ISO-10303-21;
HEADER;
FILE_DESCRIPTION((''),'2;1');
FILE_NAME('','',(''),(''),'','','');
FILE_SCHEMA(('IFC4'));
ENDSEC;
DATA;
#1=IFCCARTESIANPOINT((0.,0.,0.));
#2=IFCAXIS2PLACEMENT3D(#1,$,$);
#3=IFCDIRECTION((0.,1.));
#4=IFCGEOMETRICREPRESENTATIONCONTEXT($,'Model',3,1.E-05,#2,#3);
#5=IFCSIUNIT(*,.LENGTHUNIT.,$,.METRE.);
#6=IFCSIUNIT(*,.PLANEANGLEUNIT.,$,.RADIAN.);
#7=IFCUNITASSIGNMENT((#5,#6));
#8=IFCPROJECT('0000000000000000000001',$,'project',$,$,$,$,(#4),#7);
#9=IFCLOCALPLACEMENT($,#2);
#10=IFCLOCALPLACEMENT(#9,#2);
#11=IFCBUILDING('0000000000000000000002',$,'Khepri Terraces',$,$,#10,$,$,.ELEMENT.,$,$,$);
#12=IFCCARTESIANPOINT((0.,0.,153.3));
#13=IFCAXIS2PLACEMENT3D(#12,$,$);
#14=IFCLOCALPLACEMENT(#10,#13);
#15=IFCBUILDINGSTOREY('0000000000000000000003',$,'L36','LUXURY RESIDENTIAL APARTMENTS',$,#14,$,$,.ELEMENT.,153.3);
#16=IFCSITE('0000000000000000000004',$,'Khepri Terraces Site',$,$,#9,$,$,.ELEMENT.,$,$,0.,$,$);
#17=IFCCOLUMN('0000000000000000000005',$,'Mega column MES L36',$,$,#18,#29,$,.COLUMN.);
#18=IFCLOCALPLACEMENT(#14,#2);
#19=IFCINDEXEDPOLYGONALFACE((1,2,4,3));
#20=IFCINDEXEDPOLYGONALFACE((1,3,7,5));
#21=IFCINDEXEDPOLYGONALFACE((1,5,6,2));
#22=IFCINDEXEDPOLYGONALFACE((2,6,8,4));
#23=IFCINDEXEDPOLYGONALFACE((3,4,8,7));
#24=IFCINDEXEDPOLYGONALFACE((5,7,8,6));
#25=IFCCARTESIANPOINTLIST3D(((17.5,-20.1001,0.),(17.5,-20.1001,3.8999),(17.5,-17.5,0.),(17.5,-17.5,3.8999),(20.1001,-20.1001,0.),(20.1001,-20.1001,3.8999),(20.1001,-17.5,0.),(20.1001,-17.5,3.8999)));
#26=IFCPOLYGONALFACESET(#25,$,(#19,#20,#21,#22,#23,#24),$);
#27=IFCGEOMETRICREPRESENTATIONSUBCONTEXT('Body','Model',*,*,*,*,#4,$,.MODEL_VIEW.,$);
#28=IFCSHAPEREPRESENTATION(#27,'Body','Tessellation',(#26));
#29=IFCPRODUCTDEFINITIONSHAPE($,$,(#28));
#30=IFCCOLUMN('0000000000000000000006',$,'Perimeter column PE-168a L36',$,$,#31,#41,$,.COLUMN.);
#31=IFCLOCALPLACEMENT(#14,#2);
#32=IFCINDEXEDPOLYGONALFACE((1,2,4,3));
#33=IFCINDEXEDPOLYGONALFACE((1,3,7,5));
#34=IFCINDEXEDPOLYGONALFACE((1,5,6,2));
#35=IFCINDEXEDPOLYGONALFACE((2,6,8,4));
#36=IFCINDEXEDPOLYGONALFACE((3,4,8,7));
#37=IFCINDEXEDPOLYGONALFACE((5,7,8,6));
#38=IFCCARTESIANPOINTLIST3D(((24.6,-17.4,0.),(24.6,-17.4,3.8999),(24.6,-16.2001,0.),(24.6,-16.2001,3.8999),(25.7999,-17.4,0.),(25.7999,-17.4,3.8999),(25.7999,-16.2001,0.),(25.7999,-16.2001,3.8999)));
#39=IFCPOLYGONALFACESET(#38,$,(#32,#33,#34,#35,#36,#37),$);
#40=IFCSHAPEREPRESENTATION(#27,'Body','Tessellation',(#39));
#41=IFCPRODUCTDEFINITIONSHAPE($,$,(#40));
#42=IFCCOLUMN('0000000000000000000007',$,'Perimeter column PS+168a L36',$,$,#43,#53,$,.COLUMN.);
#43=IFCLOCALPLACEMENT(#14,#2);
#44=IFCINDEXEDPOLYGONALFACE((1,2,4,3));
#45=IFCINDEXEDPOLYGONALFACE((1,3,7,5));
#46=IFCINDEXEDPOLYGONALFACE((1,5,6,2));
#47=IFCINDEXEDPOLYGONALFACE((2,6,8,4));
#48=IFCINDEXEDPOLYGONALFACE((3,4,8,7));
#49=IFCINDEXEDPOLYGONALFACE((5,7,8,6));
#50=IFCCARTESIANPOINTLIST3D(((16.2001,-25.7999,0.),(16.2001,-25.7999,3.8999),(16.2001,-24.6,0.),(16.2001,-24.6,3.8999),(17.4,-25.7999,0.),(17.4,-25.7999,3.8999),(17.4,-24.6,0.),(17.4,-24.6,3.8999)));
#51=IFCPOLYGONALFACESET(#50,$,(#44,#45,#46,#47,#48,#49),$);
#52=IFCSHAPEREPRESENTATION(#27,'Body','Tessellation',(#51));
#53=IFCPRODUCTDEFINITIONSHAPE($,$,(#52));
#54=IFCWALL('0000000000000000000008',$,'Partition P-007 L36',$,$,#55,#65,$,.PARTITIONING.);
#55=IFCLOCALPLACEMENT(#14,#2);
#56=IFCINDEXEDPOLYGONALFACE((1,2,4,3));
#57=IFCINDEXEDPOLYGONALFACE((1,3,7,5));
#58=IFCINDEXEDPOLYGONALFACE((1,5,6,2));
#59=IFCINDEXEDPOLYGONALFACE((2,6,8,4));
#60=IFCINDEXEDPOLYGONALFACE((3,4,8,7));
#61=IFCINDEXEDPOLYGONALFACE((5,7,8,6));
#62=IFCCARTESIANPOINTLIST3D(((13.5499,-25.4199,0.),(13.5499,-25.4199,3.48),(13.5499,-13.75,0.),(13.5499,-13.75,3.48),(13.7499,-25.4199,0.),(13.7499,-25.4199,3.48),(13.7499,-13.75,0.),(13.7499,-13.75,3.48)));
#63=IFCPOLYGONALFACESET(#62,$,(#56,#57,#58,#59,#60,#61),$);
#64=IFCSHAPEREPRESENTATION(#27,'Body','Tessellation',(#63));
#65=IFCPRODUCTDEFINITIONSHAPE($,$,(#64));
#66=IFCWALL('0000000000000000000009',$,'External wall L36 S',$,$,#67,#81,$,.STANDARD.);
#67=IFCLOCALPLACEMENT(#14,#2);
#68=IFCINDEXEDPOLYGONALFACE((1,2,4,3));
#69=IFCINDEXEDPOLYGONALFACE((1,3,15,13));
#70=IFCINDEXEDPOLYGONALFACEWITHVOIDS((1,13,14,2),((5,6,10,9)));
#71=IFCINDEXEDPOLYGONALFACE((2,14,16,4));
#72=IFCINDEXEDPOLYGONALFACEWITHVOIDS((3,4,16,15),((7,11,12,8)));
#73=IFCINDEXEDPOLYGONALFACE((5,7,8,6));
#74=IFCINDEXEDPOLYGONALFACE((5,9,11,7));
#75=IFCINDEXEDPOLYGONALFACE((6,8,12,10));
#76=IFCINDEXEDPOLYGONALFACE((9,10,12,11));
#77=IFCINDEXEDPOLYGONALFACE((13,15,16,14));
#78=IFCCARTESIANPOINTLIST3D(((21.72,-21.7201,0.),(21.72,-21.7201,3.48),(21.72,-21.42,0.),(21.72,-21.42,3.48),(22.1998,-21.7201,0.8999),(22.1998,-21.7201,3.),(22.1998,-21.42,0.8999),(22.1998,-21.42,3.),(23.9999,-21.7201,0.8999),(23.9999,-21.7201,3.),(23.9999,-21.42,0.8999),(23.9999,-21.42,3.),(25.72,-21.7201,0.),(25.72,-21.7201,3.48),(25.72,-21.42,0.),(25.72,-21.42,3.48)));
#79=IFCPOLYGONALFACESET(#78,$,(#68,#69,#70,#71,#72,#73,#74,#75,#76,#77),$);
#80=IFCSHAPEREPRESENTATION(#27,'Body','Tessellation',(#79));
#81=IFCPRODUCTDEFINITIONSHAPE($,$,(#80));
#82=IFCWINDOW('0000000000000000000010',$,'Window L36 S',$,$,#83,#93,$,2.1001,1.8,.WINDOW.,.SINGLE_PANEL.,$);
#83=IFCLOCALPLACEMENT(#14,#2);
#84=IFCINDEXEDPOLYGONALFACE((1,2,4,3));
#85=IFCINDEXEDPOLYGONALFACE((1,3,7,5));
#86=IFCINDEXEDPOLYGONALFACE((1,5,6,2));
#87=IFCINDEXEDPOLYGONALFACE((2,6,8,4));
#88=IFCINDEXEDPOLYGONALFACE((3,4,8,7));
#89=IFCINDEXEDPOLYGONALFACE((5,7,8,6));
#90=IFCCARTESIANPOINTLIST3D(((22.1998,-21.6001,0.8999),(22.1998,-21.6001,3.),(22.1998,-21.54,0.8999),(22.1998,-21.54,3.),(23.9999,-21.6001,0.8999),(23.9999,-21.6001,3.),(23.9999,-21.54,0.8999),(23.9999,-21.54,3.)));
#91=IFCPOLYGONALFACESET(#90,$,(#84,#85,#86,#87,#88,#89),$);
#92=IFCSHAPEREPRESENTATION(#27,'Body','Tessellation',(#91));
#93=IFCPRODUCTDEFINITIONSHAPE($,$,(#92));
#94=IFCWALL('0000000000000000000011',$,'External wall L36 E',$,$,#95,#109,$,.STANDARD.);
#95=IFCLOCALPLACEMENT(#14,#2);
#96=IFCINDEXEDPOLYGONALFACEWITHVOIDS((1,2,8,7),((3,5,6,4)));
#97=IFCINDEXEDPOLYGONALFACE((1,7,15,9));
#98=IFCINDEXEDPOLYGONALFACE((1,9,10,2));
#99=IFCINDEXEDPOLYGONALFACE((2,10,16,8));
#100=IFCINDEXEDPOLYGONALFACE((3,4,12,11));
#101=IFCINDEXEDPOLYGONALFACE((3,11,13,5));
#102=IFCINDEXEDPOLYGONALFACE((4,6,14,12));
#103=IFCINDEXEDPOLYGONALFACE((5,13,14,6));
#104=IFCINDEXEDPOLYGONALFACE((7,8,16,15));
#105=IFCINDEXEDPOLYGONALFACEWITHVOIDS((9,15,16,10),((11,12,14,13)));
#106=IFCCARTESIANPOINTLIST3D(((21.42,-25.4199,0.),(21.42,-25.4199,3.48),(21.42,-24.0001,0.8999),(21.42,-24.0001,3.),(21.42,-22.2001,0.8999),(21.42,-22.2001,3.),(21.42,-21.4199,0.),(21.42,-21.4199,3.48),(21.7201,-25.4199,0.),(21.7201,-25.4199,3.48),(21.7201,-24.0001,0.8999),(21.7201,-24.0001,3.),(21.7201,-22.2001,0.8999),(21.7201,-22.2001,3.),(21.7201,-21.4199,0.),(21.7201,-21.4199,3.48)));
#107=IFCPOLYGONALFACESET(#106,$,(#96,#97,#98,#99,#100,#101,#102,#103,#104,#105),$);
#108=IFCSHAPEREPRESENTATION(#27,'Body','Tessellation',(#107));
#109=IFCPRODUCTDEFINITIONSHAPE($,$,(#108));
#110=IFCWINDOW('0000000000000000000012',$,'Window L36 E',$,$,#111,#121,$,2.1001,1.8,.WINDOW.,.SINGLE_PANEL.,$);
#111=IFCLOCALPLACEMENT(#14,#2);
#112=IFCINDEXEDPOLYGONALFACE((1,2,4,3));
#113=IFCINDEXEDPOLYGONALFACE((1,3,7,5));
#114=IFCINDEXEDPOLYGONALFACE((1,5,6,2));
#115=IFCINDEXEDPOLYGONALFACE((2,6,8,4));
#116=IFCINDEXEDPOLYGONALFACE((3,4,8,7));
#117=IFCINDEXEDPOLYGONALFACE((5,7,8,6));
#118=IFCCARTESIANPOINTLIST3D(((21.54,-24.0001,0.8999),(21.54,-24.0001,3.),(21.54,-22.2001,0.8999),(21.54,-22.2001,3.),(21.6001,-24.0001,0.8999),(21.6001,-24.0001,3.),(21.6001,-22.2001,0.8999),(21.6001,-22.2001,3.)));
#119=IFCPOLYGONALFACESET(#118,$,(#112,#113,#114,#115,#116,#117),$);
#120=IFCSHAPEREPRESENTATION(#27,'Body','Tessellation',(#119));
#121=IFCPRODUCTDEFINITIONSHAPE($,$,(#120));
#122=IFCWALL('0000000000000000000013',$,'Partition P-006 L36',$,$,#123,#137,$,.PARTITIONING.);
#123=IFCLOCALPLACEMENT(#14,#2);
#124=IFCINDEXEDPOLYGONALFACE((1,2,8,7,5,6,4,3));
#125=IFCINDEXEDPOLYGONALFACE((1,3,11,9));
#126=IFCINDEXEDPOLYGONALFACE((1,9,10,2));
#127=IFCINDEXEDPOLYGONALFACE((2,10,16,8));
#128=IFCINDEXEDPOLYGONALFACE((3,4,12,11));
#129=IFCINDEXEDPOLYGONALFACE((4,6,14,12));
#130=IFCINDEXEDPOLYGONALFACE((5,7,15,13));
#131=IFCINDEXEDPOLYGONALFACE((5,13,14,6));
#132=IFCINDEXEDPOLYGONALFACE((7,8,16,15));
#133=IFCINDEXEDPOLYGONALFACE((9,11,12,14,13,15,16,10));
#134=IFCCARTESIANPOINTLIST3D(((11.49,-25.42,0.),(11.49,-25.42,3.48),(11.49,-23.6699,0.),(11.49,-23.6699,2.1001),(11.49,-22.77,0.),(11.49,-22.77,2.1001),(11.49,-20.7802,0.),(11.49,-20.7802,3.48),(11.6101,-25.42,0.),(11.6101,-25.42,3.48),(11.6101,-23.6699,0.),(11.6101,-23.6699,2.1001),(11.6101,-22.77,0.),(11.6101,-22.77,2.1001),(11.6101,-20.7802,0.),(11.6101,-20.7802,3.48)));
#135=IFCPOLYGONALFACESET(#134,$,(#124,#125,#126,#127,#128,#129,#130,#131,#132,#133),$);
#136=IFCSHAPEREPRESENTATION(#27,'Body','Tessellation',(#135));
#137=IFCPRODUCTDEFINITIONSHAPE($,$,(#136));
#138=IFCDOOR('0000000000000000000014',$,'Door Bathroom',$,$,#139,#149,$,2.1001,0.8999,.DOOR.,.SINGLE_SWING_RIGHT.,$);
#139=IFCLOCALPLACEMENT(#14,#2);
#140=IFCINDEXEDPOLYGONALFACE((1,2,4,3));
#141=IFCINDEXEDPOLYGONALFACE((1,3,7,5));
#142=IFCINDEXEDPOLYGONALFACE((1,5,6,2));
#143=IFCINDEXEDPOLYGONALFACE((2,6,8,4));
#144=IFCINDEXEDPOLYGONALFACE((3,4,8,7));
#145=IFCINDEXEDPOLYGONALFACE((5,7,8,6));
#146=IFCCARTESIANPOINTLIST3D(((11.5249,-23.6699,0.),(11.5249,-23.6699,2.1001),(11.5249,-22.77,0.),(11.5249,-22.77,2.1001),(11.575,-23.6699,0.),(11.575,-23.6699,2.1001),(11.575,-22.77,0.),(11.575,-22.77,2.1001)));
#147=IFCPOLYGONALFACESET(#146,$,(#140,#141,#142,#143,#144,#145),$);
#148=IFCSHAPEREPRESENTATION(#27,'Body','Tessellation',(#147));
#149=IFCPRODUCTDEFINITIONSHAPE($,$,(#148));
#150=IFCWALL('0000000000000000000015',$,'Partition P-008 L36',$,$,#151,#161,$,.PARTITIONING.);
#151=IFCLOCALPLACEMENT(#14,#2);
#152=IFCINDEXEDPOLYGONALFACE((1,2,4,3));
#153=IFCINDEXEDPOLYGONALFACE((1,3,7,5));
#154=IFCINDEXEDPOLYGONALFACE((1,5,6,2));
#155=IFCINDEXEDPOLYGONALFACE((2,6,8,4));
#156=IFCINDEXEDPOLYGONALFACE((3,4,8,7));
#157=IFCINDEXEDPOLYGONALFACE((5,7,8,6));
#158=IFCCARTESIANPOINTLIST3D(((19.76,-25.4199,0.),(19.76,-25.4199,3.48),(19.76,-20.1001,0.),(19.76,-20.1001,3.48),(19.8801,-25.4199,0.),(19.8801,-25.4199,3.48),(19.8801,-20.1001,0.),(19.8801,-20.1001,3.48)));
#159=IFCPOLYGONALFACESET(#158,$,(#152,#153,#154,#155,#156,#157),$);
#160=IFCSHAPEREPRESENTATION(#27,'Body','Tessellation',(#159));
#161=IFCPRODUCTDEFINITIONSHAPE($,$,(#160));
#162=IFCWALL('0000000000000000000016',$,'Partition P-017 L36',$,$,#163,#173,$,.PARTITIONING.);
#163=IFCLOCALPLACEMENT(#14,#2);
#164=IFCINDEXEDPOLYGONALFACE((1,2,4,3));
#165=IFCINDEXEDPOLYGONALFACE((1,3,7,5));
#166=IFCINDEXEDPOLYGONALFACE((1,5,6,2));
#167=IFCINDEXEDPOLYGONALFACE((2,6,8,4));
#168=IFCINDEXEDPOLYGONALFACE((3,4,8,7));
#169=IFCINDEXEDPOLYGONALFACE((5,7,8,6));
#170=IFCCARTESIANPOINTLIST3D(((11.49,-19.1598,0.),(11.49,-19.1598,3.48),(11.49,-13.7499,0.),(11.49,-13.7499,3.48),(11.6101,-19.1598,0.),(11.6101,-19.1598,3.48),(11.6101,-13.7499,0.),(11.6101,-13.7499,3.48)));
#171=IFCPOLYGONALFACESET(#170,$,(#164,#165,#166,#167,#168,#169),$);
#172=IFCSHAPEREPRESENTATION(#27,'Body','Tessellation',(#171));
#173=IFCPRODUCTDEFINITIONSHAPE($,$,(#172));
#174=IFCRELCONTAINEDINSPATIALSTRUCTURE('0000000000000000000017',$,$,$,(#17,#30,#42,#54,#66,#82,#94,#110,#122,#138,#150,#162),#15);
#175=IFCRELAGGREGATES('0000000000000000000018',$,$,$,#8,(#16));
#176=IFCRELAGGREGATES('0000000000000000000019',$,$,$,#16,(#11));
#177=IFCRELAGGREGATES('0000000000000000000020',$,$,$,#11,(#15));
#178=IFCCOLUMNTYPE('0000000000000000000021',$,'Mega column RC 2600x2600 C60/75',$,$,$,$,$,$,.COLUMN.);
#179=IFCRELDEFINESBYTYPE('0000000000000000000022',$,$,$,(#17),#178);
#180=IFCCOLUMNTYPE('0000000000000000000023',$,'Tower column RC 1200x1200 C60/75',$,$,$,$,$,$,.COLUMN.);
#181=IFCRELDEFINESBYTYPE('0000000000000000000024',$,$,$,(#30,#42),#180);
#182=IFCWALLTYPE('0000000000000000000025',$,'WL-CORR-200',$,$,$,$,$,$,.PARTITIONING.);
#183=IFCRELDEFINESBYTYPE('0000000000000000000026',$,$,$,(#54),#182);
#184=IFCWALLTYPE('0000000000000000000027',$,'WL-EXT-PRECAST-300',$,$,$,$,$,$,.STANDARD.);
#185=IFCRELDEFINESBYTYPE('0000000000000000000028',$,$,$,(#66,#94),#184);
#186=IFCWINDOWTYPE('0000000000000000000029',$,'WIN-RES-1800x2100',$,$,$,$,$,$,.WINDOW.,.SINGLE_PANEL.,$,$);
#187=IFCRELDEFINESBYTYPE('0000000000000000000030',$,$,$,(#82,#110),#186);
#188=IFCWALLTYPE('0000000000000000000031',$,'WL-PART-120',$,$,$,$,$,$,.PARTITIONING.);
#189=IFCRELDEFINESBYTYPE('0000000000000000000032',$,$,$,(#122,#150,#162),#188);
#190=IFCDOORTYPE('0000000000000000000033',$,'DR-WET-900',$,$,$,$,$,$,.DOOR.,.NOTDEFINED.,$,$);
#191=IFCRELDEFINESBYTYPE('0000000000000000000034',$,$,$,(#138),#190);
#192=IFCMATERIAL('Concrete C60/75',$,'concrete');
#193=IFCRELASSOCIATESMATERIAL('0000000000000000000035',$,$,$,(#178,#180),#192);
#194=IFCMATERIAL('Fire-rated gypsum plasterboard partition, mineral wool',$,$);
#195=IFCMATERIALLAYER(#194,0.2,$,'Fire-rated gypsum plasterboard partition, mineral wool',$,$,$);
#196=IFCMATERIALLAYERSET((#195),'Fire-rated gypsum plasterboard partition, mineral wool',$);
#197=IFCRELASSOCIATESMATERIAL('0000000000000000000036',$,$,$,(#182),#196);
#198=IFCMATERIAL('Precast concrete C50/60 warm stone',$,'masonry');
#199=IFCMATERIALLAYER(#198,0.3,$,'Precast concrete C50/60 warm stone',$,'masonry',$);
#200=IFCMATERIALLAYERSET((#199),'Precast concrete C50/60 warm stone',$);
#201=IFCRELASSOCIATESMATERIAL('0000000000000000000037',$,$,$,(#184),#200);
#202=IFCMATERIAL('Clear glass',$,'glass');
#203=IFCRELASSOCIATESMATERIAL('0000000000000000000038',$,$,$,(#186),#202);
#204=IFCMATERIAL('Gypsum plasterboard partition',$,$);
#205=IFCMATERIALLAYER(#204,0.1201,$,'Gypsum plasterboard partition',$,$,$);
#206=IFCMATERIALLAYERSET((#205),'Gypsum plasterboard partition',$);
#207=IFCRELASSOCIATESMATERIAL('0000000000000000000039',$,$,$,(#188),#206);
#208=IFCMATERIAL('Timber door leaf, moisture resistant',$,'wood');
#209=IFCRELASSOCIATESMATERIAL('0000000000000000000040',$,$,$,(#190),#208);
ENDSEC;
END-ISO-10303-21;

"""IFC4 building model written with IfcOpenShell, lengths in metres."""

from ifc_helpers import new_model, si_unit, direction, frame, frame_2d, origin, origin_2d, place, context, subcontext, project, spatial, rectangle, extrude, material, layer, layer_set, material_profile, profile_set, type_object, element, fill, save


model = new_model("IFC4")

# Units and contexts
model_context = context("Model", 3, precision=1e-05, world=origin(), true_north=direction((0.0, 1.0)))
body_context = subcontext(model_context, "Body", "Model", "MODEL_VIEW")
ifc_project = project(units=[si_unit("LENGTHUNIT", "METRE"), si_unit("PLANEANGLEUNIT", "RADIAN")], contexts=[model_context])

# Site, building, storey
site_placement = place(None, origin())
site = spatial("IfcSite", under=ifc_project, at=site_placement, Name="Khepri Terraces Site", CompositionType="ELEMENT", RefElevation=0.0)
building_placement = place(site_placement, origin())
building = spatial("IfcBuilding", under=site, at=building_placement, Name="Khepri Terraces", CompositionType="ELEMENT")
storey_placement = place(building_placement, frame((0.0, 0.0, 153.3)))
storey = spatial("IfcBuildingStorey", under=building, at=storey_placement, Name="L36", Description="LUXURY RESIDENTIAL APARTMENTS", CompositionType="ELEMENT", Elevation=153.3)

# Columns
ifc_material_1 = material(Name="Concrete C60/75", Category="concrete")
ifc_material_profile_1 = material_profile(ifc_material_1, rectangle(XDim=2.6001, YDim=2.6001, at=origin_2d()), Name="Concrete C60/75", Category="concrete")
ifc_profile_set_1 = profile_set([ifc_material_profile_1], Name="Concrete C60/75")
column_type_1 = type_object("IfcColumnType", Name="Mega column RC 2600x2600 C60/75", PredefinedType="COLUMN", material=ifc_profile_set_1)
column_placement = place(storey_placement, frame((18.8, -18.8, 0.0), z_axis=(0.0, 0.0, 1.0), x_axis=(1.0, 0.0, 0.0)))
element("IfcColumn", 1, at=column_placement, inside=storey, type_object=column_type_1, Name="Mega column MES L36", PredefinedType="COLUMN", context=body_context, shape_type="SweptSolid", body=[
    extrude(rectangle(XDim=2.6001, YDim=2.6001, at=origin_2d()), origin(), (0.0, 0.0, 1.0), 3.8999),
])
ifc_material_profile_2 = material_profile(ifc_material_1, rectangle(XDim=1.2, YDim=1.2, at=origin_2d()), Name="Concrete C60/75", Category="concrete")
ifc_profile_set_2 = profile_set([ifc_material_profile_2], Name="Concrete C60/75")
column_type_2 = type_object("IfcColumnType", Name="Tower column RC 1200x1200 C60/75", PredefinedType="COLUMN", material=ifc_profile_set_2)
for number, where, z_axis, x_axis, name in (
    (2, (25.2, -16.8, 0.0), (0.0, 0.0, 1.0), (1.0, 0.0, 0.0), "Perimeter column PE-168a L36"),
    (3, (16.8, -25.2, 0.0), (0.0, 0.0, 1.0), (1.0, 0.0, 0.0), "Perimeter column PS+168a L36"),
):
    element("IfcColumn", number, at=place(storey_placement, frame(where, z_axis=z_axis, x_axis=x_axis)), inside=storey, type_object=column_type_2, Name=name, PredefinedType="COLUMN", context=body_context, shape_type="SweptSolid", body=[
        extrude(rectangle(XDim=1.2, YDim=1.2, at=origin_2d()), origin(), (0.0, 0.0, 1.0), 3.8999),
    ])

# Wall
ifc_material_2 = material(Name="Fire-rated gypsum plasterboard partition, mineral wool")
ifc_layer_1 = layer(ifc_material_2, 0.2, Name="Fire-rated gypsum plasterboard partition, mineral wool")
ifc_layer_set_1 = layer_set([ifc_layer_1], Name="Fire-rated gypsum plasterboard partition, mineral wool")
wall_type_1 = type_object("IfcWallType", Name="WL-CORR-200", PredefinedType="PARTITIONING", material=ifc_layer_set_1)
wall_1_placement = place(storey_placement, frame((13.6499, -25.4199, 0.0), z_axis=(0.0, 0.0, 1.0), x_axis=(0.0, 1.0, 0.0)))
element("IfcWall", 4, at=wall_1_placement, inside=storey, type_object=wall_type_1, Name="Partition P-007 L36", PredefinedType="PARTITIONING", context=body_context, shape_type="SweptSolid", body=[
    extrude(rectangle(XDim=11.6699, YDim=0.2, at=frame_2d((5.835, 0.0))), origin(), (0.0, 0.0, 1.0), 3.48),
])

# Wall, opening, window
ifc_material_3 = material(Name="Precast concrete C50/60 warm stone", Category="masonry")
ifc_layer_2 = layer(ifc_material_3, 0.3, Name="Precast concrete C50/60 warm stone", Category="masonry")
ifc_layer_set_2 = layer_set([ifc_layer_2], Name="Precast concrete C50/60 warm stone")
wall_type_2 = type_object("IfcWallType", Name="WL-EXT-PRECAST-300", PredefinedType="STANDARD", material=ifc_layer_set_2)
wall_2_placement = place(storey_placement, frame((21.72, -21.5701, 0.0), z_axis=(0.0, 0.0, 1.0), x_axis=(1.0, 0.0, 0.0)))
wall_2 = element("IfcWall", 5, at=wall_2_placement, inside=storey, type_object=wall_type_2, Name="External wall L36 S", PredefinedType="STANDARD", context=body_context, shape_type="SweptSolid", body=[
    extrude(rectangle(XDim=4.0, YDim=0.3, at=frame_2d((2.0, 0.0))), origin(), (0.0, 0.0, 1.0), 3.48),
])
opening_1_placement = place(wall_2_placement, frame((0.48, 0.0, 0.8999)))
opening_1 = element("IfcOpeningElement", 6, at=opening_1_placement, cuts=wall_2, PredefinedType="OPENING", context=body_context, shape_type="SweptSolid", body=[
    extrude(rectangle(XDim=1.8, YDim=2.1001, at=frame_2d((0.8999, 1.05))), frame((0.0, 0.1602, 0.0), z_axis=(0.0, -1.0, 0.0), x_axis=(1.0, 0.0, 0.0)), (0.0, 0.0, 1.0), 0.3201),
])
ifc_material_4 = material(Name="Clear glass", Category="glass")
window_type = type_object("IfcWindowType", Name="WIN-RES-1800x2100", PartitioningType="SINGLE_PANEL", PredefinedType="WINDOW", material=ifc_material_4)
window_1_placement = place(opening_1_placement, origin())
window_1 = element("IfcWindow", 7, at=window_1_placement, inside=storey, type_object=window_type, Name="Window L36 S", OverallHeight=2.1001, OverallWidth=1.8, PartitioningType="SINGLE_PANEL", PredefinedType="WINDOW", context=body_context, shape_type="SweptSolid", body=[
    extrude(rectangle(XDim=1.8, YDim=2.1001, at=frame_2d((0.8999, 1.05))), frame((0.0, 0.03, 0.0), z_axis=(0.0, -1.0, 0.0), x_axis=(1.0, 0.0, 0.0)), (0.0, 0.0, 1.0), 0.0601),
])
fill(opening_1, window_1)

# Wall, opening, window
wall_3_placement = place(storey_placement, frame((21.5701, -25.4199, 0.0), z_axis=(0.0, 0.0, 1.0), x_axis=(0.0, 1.0, 0.0)))
wall_3 = element("IfcWall", 8, at=wall_3_placement, inside=storey, type_object=wall_type_2, Name="External wall L36 E", PredefinedType="STANDARD", context=body_context, shape_type="SweptSolid", body=[
    extrude(rectangle(XDim=4.0, YDim=0.3, at=frame_2d((2.0, 0.0))), origin(), (0.0, 0.0, 1.0), 3.48),
])
opening_2_placement = place(wall_3_placement, frame((1.4199, 0.0, 0.8999)))
opening_2 = element("IfcOpeningElement", 9, at=opening_2_placement, cuts=wall_3, PredefinedType="OPENING", context=body_context, shape_type="SweptSolid", body=[
    extrude(rectangle(XDim=1.8, YDim=2.1001, at=frame_2d((0.8999, 1.05))), frame((0.0, 0.1602, 0.0), z_axis=(0.0, -1.0, 0.0), x_axis=(1.0, 0.0, 0.0)), (0.0, 0.0, 1.0), 0.3201),
])
window_2_placement = place(opening_2_placement, origin())
window_2 = element("IfcWindow", 10, at=window_2_placement, inside=storey, type_object=window_type, Name="Window L36 E", OverallHeight=2.1001, OverallWidth=1.8, PartitioningType="SINGLE_PANEL", PredefinedType="WINDOW", context=body_context, shape_type="SweptSolid", body=[
    extrude(rectangle(XDim=1.8, YDim=2.1001, at=frame_2d((0.8999, 1.05))), frame((0.0, 0.03, 0.0), z_axis=(0.0, -1.0, 0.0), x_axis=(1.0, 0.0, 0.0)), (0.0, 0.0, 1.0), 0.0601),
])
fill(opening_2, window_2)

# Wall, opening, door
ifc_material_5 = material(Name="Gypsum plasterboard partition")
ifc_layer_3 = layer(ifc_material_5, 0.1201, Name="Gypsum plasterboard partition")
ifc_layer_set_3 = layer_set([ifc_layer_3], Name="Gypsum plasterboard partition")
wall_type_3 = type_object("IfcWallType", Name="WL-PART-120", PredefinedType="PARTITIONING", material=ifc_layer_set_3)
wall_4_placement = place(storey_placement, frame((11.55, -25.4199, 0.0), z_axis=(0.0, 0.0, 1.0), x_axis=(0.0, 1.0, 0.0)))
wall_4 = element("IfcWall", 11, at=wall_4_placement, inside=storey, type_object=wall_type_3, Name="Partition P-006 L36", PredefinedType="PARTITIONING", context=body_context, shape_type="SweptSolid", body=[
    extrude(rectangle(XDim=4.6399, YDim=0.1201, at=frame_2d((2.3198, 0.0))), origin(), (0.0, 0.0, 1.0), 3.48),
])
opening_3_placement = place(wall_4_placement, frame((1.75, 0.0, 0.0)))
opening_3 = element("IfcOpeningElement", 12, at=opening_3_placement, cuts=wall_4, PredefinedType="OPENING", context=body_context, shape_type="SweptSolid", body=[
    extrude(rectangle(XDim=0.8999, YDim=2.1001, at=frame_2d((0.45, 1.05))), frame((0.0, 0.0701, 0.0), z_axis=(0.0, -1.0, 0.0), x_axis=(1.0, 0.0, 0.0)), (0.0, 0.0, 1.0), 0.1401),
])
ifc_material_6 = material(Name="Timber door leaf, moisture resistant", Category="wood")
door_type_1 = type_object("IfcDoorType", Name="DR-WET-900", OperationType="NOTDEFINED", PredefinedType="DOOR", material=ifc_material_6)
door_1_placement = place(opening_3_placement, frame((0.8999, 0.0, 0.0), z_axis=(0.0, 0.0, 1.0), x_axis=(-1.0, 0.0, 0.0)))
door_1 = element("IfcDoor", 13, at=door_1_placement, inside=storey, type_object=door_type_1, Name="Door Bathroom", OperationType="SINGLE_SWING_RIGHT", OverallHeight=2.1001, OverallWidth=0.8999, PredefinedType="DOOR", context=body_context, shape_type="SweptSolid", body=[
    extrude(rectangle(XDim=0.8999, YDim=2.1001, at=frame_2d((0.45, 1.05))), frame((0.0, 0.0249, 0.0), z_axis=(0.0, -1.0, 0.0), x_axis=(1.0, 0.0, 0.0)), (0.0, 0.0, 1.0), 0.05),
])
fill(opening_3, door_1)

# Walls
wall_5_placement = place(storey_placement, frame((19.8201, -25.4199, 0.0), z_axis=(0.0, 0.0, 1.0), x_axis=(0.0, 1.0, 0.0)))
element("IfcWall", 14, at=wall_5_placement, inside=storey, type_object=wall_type_3, Name="Partition P-008 L36", PredefinedType="PARTITIONING", context=body_context, shape_type="SweptSolid", body=[
    extrude(rectangle(XDim=5.3198, YDim=0.1201, at=frame_2d((2.6599, 0.0))), origin(), (0.0, 0.0, 1.0), 3.48),
])
wall_6_placement = place(storey_placement, frame((11.55, -19.1599, 0.0), z_axis=(0.0, 0.0, 1.0), x_axis=(0.0, 1.0, 0.0)))
element("IfcWall", 15, at=wall_6_placement, inside=storey, type_object=wall_type_3, Name="Partition P-017 L36", PredefinedType="PARTITIONING", context=body_context, shape_type="SweptSolid", body=[
    extrude(rectangle(XDim=5.4099, YDim=0.1201, at=frame_2d((2.7051, 0.0))), origin(), (0.0, 0.0, 1.0), 3.48),
])

save(model, "model.ifc")
